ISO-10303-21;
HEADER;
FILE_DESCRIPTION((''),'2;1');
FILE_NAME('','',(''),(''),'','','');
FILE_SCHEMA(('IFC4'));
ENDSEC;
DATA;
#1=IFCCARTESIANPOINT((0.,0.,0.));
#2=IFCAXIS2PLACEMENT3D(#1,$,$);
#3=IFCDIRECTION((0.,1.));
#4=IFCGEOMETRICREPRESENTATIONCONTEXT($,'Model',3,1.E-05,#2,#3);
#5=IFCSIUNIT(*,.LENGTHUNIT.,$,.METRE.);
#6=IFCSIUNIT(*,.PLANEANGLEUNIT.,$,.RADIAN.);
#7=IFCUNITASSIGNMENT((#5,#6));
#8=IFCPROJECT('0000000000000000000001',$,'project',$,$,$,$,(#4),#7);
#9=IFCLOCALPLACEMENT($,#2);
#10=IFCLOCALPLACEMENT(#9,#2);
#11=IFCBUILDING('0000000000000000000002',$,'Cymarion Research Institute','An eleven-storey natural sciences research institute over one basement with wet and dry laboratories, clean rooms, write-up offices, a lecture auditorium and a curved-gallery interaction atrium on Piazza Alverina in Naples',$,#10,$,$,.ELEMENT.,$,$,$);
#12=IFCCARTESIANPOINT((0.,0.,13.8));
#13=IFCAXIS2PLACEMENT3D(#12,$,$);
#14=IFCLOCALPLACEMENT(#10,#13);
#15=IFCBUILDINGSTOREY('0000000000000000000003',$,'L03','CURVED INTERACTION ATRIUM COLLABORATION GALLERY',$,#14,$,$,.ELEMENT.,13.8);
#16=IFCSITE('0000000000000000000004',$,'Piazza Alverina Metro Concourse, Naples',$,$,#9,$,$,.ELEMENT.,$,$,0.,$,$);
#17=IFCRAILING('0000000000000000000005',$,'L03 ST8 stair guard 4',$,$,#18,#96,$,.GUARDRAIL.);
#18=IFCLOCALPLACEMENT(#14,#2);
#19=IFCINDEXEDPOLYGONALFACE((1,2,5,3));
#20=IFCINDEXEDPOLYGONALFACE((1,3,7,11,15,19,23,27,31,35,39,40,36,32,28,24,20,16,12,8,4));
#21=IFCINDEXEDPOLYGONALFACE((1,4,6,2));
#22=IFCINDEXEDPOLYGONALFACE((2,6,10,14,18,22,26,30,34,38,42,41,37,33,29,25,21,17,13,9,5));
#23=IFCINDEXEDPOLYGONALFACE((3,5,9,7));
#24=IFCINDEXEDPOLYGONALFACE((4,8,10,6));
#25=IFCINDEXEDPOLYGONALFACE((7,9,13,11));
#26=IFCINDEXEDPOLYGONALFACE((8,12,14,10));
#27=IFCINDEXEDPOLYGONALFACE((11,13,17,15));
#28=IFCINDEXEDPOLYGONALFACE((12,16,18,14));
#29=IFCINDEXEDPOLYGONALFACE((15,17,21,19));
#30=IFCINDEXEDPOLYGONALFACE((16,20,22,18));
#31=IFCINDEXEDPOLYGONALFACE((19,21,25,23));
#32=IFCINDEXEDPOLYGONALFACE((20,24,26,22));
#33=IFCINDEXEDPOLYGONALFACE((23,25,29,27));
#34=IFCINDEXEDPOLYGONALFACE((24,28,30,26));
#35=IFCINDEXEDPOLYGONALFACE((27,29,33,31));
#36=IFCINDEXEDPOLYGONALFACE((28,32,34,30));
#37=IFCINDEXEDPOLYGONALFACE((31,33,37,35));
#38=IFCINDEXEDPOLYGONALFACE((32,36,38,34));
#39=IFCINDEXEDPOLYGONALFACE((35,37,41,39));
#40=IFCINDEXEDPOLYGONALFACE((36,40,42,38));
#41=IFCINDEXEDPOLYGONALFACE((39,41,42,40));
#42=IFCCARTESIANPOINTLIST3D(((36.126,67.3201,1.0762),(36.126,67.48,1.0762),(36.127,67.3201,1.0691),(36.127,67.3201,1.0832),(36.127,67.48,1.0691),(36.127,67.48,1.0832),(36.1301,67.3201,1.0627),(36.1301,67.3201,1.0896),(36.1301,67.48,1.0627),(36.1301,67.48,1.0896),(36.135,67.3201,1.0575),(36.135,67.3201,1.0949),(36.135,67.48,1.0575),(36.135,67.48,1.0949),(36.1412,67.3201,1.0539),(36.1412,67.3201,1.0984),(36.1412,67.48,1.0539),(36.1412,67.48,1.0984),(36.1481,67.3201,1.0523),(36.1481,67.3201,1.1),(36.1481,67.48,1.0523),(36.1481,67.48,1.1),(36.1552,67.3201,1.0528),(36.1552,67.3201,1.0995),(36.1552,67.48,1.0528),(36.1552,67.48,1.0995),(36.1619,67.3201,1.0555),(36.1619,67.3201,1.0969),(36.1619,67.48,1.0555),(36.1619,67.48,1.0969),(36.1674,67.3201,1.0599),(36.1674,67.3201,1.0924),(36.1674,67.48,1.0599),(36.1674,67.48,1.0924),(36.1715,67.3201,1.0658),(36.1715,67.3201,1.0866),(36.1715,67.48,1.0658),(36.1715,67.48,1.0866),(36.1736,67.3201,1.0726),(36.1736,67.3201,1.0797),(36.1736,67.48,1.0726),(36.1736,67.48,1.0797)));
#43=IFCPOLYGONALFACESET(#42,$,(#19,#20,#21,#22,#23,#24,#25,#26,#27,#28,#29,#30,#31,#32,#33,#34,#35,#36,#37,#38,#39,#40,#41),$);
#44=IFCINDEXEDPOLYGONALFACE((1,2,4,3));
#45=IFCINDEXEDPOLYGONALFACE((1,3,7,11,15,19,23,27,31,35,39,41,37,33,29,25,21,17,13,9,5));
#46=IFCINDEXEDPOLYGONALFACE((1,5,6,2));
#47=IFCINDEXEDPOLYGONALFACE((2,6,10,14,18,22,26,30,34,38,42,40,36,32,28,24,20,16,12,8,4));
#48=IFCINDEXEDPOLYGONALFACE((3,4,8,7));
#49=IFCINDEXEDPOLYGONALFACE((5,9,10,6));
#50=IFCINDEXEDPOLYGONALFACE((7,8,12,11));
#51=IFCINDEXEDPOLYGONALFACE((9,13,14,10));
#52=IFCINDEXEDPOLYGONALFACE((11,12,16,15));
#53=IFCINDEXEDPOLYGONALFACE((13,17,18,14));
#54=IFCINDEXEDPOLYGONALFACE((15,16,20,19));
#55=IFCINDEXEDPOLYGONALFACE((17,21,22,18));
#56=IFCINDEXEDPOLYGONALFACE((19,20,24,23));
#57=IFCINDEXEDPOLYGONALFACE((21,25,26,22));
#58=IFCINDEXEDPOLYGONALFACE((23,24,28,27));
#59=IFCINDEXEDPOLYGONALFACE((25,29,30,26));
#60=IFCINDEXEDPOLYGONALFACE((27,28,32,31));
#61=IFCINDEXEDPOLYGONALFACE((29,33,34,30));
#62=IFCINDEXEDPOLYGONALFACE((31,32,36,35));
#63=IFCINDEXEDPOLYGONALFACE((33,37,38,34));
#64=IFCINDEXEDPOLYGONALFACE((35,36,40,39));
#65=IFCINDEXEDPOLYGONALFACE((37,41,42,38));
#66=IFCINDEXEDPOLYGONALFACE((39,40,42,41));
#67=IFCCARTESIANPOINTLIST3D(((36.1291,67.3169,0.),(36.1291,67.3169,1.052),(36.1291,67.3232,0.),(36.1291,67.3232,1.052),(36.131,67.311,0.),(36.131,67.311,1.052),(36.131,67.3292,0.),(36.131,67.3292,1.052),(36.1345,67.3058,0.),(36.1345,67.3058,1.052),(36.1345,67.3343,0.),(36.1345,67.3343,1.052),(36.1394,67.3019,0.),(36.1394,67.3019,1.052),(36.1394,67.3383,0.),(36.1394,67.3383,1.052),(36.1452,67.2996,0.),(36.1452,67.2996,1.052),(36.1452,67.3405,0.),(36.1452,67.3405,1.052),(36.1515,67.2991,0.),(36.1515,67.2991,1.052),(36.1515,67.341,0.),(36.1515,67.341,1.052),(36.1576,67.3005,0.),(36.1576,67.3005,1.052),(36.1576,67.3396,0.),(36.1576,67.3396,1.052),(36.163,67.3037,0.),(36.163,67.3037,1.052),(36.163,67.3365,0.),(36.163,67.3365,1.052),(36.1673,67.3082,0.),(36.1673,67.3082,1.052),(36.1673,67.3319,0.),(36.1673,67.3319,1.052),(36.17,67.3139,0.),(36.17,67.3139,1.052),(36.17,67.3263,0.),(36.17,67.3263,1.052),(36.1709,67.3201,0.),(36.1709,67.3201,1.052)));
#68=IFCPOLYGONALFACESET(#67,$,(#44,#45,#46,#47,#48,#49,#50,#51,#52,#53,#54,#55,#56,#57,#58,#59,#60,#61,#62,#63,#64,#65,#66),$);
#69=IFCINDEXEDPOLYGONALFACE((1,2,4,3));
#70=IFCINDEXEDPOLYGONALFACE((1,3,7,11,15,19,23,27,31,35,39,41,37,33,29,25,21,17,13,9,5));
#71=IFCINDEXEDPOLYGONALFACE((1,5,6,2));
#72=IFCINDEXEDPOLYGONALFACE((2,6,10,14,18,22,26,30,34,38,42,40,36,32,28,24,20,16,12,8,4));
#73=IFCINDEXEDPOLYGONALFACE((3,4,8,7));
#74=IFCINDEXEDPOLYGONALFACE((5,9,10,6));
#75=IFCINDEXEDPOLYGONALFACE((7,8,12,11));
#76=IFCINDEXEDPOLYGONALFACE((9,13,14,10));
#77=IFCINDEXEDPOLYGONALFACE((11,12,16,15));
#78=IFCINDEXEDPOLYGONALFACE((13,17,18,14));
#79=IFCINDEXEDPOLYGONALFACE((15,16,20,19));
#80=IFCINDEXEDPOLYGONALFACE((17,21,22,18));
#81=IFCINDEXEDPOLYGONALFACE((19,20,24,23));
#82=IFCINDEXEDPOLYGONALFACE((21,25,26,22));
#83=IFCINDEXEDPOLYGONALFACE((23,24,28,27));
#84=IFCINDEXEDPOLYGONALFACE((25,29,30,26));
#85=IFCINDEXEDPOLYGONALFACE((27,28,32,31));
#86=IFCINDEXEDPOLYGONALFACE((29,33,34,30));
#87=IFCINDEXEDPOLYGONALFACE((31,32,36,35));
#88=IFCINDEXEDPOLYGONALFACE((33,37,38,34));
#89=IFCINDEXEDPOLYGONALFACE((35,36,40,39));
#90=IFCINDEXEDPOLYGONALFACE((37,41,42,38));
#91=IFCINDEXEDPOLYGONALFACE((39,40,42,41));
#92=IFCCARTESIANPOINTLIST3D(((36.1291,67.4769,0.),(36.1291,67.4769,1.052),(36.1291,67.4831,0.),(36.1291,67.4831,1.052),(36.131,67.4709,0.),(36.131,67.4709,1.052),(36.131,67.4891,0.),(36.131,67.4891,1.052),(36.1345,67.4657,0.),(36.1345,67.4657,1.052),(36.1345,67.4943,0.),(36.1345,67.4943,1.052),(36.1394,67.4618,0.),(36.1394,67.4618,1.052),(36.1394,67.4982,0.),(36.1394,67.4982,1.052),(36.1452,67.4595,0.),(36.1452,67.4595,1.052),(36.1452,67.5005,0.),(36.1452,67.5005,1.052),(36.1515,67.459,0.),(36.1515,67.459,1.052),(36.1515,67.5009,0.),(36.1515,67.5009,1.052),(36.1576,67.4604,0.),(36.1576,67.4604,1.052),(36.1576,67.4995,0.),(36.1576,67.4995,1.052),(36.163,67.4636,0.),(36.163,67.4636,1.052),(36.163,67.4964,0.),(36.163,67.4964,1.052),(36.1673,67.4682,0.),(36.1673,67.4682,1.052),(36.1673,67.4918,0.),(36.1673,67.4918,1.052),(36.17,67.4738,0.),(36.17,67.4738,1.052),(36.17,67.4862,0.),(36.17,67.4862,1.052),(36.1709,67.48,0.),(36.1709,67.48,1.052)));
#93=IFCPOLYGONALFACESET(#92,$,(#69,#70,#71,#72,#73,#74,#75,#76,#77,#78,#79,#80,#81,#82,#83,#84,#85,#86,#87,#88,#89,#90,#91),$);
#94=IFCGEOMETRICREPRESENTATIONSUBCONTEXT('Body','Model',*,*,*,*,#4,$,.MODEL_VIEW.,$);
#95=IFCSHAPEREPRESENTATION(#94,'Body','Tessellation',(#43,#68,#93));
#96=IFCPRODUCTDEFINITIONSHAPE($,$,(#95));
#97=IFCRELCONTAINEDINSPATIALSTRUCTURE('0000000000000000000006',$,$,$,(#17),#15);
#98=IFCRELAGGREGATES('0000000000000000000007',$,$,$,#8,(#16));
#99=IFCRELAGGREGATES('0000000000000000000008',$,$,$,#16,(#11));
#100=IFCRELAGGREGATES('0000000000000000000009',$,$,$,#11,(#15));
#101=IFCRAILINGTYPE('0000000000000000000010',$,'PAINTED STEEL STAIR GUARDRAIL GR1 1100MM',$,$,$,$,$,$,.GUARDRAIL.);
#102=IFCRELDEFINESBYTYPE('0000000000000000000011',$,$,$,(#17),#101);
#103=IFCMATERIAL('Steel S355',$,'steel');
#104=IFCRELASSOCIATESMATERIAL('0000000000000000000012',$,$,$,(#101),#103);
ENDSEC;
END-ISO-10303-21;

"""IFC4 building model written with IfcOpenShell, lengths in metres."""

from ifc_helpers import new_model, si_unit, direction, frame, origin, origin_2d, place, context, subcontext, project, spatial, circle, extrude, material, type_object, element, save


model = new_model("IFC4")

# Units and contexts
model_context = context("Model", 3, precision=1e-05, world=origin(), true_north=direction((0.0, 1.0)))
body_context = subcontext(model_context, "Body", "Model", "MODEL_VIEW")
ifc_project = project(units=[si_unit("LENGTHUNIT", "METRE"), si_unit("PLANEANGLEUNIT", "RADIAN")], contexts=[model_context])

# Site, building, storey
site_placement = place(None, origin())
site = spatial("IfcSite", under=ifc_project, at=site_placement, Name="Piazza Alverina Metro Concourse, Naples", CompositionType="ELEMENT", RefElevation=0.0)
building_placement = place(site_placement, origin())
building = spatial("IfcBuilding", under=site, at=building_placement, Name="Cymarion Research Institute", Description="An eleven-storey natural sciences research institute over one basement with wet and dry laboratories, clean rooms, write-up offices, a lecture auditorium and a curved-gallery interaction atrium on Piazza Alverina in Naples", CompositionType="ELEMENT")
storey_placement = place(building_placement, frame((0.0, 0.0, 13.8)))
storey = spatial("IfcBuildingStorey", under=building, at=storey_placement, Name="L03", Description="CURVED INTERACTION ATRIUM COLLABORATION GALLERY", CompositionType="ELEMENT", Elevation=13.8)

# Shared definitions
ifc_material_1 = material(Name="Steel S355", Category="steel")

# Railing
railing_type_1 = type_object("IfcRailingType", Name="PAINTED STEEL STAIR GUARDRAIL GR1 1100MM", PredefinedType="GUARDRAIL", material=ifc_material_1)
railing_1_placement = place(storey_placement, frame((36.1499, 67.3201, 0.0)))
element("IfcRailing", 1, at=railing_1_placement, inside=storey, type_object=railing_type_1, Name="L03 ST8 stair guard 4", PredefinedType="GUARDRAIL", context=body_context, shape_type="SweptSolid", body=[
    extrude(circle(Radius=0.0239, at=origin_2d()), frame((0.0, 0.0, 1.0762), z_axis=(0.0, 1.0, 0.0), x_axis=(-1.0, 0.0, 0.0)), (0.0, 0.0, 1.0), 0.1599),
    extrude(circle(Radius=0.021, at=origin_2d()), origin(), (0.0, 0.0, 1.0), 1.052),
    extrude(circle(Radius=0.021, at=origin_2d()), frame((0.0, 0.1599, 0.0)), (0.0, 0.0, 1.0), 1.052),
])

save(model, "model.ifc")
